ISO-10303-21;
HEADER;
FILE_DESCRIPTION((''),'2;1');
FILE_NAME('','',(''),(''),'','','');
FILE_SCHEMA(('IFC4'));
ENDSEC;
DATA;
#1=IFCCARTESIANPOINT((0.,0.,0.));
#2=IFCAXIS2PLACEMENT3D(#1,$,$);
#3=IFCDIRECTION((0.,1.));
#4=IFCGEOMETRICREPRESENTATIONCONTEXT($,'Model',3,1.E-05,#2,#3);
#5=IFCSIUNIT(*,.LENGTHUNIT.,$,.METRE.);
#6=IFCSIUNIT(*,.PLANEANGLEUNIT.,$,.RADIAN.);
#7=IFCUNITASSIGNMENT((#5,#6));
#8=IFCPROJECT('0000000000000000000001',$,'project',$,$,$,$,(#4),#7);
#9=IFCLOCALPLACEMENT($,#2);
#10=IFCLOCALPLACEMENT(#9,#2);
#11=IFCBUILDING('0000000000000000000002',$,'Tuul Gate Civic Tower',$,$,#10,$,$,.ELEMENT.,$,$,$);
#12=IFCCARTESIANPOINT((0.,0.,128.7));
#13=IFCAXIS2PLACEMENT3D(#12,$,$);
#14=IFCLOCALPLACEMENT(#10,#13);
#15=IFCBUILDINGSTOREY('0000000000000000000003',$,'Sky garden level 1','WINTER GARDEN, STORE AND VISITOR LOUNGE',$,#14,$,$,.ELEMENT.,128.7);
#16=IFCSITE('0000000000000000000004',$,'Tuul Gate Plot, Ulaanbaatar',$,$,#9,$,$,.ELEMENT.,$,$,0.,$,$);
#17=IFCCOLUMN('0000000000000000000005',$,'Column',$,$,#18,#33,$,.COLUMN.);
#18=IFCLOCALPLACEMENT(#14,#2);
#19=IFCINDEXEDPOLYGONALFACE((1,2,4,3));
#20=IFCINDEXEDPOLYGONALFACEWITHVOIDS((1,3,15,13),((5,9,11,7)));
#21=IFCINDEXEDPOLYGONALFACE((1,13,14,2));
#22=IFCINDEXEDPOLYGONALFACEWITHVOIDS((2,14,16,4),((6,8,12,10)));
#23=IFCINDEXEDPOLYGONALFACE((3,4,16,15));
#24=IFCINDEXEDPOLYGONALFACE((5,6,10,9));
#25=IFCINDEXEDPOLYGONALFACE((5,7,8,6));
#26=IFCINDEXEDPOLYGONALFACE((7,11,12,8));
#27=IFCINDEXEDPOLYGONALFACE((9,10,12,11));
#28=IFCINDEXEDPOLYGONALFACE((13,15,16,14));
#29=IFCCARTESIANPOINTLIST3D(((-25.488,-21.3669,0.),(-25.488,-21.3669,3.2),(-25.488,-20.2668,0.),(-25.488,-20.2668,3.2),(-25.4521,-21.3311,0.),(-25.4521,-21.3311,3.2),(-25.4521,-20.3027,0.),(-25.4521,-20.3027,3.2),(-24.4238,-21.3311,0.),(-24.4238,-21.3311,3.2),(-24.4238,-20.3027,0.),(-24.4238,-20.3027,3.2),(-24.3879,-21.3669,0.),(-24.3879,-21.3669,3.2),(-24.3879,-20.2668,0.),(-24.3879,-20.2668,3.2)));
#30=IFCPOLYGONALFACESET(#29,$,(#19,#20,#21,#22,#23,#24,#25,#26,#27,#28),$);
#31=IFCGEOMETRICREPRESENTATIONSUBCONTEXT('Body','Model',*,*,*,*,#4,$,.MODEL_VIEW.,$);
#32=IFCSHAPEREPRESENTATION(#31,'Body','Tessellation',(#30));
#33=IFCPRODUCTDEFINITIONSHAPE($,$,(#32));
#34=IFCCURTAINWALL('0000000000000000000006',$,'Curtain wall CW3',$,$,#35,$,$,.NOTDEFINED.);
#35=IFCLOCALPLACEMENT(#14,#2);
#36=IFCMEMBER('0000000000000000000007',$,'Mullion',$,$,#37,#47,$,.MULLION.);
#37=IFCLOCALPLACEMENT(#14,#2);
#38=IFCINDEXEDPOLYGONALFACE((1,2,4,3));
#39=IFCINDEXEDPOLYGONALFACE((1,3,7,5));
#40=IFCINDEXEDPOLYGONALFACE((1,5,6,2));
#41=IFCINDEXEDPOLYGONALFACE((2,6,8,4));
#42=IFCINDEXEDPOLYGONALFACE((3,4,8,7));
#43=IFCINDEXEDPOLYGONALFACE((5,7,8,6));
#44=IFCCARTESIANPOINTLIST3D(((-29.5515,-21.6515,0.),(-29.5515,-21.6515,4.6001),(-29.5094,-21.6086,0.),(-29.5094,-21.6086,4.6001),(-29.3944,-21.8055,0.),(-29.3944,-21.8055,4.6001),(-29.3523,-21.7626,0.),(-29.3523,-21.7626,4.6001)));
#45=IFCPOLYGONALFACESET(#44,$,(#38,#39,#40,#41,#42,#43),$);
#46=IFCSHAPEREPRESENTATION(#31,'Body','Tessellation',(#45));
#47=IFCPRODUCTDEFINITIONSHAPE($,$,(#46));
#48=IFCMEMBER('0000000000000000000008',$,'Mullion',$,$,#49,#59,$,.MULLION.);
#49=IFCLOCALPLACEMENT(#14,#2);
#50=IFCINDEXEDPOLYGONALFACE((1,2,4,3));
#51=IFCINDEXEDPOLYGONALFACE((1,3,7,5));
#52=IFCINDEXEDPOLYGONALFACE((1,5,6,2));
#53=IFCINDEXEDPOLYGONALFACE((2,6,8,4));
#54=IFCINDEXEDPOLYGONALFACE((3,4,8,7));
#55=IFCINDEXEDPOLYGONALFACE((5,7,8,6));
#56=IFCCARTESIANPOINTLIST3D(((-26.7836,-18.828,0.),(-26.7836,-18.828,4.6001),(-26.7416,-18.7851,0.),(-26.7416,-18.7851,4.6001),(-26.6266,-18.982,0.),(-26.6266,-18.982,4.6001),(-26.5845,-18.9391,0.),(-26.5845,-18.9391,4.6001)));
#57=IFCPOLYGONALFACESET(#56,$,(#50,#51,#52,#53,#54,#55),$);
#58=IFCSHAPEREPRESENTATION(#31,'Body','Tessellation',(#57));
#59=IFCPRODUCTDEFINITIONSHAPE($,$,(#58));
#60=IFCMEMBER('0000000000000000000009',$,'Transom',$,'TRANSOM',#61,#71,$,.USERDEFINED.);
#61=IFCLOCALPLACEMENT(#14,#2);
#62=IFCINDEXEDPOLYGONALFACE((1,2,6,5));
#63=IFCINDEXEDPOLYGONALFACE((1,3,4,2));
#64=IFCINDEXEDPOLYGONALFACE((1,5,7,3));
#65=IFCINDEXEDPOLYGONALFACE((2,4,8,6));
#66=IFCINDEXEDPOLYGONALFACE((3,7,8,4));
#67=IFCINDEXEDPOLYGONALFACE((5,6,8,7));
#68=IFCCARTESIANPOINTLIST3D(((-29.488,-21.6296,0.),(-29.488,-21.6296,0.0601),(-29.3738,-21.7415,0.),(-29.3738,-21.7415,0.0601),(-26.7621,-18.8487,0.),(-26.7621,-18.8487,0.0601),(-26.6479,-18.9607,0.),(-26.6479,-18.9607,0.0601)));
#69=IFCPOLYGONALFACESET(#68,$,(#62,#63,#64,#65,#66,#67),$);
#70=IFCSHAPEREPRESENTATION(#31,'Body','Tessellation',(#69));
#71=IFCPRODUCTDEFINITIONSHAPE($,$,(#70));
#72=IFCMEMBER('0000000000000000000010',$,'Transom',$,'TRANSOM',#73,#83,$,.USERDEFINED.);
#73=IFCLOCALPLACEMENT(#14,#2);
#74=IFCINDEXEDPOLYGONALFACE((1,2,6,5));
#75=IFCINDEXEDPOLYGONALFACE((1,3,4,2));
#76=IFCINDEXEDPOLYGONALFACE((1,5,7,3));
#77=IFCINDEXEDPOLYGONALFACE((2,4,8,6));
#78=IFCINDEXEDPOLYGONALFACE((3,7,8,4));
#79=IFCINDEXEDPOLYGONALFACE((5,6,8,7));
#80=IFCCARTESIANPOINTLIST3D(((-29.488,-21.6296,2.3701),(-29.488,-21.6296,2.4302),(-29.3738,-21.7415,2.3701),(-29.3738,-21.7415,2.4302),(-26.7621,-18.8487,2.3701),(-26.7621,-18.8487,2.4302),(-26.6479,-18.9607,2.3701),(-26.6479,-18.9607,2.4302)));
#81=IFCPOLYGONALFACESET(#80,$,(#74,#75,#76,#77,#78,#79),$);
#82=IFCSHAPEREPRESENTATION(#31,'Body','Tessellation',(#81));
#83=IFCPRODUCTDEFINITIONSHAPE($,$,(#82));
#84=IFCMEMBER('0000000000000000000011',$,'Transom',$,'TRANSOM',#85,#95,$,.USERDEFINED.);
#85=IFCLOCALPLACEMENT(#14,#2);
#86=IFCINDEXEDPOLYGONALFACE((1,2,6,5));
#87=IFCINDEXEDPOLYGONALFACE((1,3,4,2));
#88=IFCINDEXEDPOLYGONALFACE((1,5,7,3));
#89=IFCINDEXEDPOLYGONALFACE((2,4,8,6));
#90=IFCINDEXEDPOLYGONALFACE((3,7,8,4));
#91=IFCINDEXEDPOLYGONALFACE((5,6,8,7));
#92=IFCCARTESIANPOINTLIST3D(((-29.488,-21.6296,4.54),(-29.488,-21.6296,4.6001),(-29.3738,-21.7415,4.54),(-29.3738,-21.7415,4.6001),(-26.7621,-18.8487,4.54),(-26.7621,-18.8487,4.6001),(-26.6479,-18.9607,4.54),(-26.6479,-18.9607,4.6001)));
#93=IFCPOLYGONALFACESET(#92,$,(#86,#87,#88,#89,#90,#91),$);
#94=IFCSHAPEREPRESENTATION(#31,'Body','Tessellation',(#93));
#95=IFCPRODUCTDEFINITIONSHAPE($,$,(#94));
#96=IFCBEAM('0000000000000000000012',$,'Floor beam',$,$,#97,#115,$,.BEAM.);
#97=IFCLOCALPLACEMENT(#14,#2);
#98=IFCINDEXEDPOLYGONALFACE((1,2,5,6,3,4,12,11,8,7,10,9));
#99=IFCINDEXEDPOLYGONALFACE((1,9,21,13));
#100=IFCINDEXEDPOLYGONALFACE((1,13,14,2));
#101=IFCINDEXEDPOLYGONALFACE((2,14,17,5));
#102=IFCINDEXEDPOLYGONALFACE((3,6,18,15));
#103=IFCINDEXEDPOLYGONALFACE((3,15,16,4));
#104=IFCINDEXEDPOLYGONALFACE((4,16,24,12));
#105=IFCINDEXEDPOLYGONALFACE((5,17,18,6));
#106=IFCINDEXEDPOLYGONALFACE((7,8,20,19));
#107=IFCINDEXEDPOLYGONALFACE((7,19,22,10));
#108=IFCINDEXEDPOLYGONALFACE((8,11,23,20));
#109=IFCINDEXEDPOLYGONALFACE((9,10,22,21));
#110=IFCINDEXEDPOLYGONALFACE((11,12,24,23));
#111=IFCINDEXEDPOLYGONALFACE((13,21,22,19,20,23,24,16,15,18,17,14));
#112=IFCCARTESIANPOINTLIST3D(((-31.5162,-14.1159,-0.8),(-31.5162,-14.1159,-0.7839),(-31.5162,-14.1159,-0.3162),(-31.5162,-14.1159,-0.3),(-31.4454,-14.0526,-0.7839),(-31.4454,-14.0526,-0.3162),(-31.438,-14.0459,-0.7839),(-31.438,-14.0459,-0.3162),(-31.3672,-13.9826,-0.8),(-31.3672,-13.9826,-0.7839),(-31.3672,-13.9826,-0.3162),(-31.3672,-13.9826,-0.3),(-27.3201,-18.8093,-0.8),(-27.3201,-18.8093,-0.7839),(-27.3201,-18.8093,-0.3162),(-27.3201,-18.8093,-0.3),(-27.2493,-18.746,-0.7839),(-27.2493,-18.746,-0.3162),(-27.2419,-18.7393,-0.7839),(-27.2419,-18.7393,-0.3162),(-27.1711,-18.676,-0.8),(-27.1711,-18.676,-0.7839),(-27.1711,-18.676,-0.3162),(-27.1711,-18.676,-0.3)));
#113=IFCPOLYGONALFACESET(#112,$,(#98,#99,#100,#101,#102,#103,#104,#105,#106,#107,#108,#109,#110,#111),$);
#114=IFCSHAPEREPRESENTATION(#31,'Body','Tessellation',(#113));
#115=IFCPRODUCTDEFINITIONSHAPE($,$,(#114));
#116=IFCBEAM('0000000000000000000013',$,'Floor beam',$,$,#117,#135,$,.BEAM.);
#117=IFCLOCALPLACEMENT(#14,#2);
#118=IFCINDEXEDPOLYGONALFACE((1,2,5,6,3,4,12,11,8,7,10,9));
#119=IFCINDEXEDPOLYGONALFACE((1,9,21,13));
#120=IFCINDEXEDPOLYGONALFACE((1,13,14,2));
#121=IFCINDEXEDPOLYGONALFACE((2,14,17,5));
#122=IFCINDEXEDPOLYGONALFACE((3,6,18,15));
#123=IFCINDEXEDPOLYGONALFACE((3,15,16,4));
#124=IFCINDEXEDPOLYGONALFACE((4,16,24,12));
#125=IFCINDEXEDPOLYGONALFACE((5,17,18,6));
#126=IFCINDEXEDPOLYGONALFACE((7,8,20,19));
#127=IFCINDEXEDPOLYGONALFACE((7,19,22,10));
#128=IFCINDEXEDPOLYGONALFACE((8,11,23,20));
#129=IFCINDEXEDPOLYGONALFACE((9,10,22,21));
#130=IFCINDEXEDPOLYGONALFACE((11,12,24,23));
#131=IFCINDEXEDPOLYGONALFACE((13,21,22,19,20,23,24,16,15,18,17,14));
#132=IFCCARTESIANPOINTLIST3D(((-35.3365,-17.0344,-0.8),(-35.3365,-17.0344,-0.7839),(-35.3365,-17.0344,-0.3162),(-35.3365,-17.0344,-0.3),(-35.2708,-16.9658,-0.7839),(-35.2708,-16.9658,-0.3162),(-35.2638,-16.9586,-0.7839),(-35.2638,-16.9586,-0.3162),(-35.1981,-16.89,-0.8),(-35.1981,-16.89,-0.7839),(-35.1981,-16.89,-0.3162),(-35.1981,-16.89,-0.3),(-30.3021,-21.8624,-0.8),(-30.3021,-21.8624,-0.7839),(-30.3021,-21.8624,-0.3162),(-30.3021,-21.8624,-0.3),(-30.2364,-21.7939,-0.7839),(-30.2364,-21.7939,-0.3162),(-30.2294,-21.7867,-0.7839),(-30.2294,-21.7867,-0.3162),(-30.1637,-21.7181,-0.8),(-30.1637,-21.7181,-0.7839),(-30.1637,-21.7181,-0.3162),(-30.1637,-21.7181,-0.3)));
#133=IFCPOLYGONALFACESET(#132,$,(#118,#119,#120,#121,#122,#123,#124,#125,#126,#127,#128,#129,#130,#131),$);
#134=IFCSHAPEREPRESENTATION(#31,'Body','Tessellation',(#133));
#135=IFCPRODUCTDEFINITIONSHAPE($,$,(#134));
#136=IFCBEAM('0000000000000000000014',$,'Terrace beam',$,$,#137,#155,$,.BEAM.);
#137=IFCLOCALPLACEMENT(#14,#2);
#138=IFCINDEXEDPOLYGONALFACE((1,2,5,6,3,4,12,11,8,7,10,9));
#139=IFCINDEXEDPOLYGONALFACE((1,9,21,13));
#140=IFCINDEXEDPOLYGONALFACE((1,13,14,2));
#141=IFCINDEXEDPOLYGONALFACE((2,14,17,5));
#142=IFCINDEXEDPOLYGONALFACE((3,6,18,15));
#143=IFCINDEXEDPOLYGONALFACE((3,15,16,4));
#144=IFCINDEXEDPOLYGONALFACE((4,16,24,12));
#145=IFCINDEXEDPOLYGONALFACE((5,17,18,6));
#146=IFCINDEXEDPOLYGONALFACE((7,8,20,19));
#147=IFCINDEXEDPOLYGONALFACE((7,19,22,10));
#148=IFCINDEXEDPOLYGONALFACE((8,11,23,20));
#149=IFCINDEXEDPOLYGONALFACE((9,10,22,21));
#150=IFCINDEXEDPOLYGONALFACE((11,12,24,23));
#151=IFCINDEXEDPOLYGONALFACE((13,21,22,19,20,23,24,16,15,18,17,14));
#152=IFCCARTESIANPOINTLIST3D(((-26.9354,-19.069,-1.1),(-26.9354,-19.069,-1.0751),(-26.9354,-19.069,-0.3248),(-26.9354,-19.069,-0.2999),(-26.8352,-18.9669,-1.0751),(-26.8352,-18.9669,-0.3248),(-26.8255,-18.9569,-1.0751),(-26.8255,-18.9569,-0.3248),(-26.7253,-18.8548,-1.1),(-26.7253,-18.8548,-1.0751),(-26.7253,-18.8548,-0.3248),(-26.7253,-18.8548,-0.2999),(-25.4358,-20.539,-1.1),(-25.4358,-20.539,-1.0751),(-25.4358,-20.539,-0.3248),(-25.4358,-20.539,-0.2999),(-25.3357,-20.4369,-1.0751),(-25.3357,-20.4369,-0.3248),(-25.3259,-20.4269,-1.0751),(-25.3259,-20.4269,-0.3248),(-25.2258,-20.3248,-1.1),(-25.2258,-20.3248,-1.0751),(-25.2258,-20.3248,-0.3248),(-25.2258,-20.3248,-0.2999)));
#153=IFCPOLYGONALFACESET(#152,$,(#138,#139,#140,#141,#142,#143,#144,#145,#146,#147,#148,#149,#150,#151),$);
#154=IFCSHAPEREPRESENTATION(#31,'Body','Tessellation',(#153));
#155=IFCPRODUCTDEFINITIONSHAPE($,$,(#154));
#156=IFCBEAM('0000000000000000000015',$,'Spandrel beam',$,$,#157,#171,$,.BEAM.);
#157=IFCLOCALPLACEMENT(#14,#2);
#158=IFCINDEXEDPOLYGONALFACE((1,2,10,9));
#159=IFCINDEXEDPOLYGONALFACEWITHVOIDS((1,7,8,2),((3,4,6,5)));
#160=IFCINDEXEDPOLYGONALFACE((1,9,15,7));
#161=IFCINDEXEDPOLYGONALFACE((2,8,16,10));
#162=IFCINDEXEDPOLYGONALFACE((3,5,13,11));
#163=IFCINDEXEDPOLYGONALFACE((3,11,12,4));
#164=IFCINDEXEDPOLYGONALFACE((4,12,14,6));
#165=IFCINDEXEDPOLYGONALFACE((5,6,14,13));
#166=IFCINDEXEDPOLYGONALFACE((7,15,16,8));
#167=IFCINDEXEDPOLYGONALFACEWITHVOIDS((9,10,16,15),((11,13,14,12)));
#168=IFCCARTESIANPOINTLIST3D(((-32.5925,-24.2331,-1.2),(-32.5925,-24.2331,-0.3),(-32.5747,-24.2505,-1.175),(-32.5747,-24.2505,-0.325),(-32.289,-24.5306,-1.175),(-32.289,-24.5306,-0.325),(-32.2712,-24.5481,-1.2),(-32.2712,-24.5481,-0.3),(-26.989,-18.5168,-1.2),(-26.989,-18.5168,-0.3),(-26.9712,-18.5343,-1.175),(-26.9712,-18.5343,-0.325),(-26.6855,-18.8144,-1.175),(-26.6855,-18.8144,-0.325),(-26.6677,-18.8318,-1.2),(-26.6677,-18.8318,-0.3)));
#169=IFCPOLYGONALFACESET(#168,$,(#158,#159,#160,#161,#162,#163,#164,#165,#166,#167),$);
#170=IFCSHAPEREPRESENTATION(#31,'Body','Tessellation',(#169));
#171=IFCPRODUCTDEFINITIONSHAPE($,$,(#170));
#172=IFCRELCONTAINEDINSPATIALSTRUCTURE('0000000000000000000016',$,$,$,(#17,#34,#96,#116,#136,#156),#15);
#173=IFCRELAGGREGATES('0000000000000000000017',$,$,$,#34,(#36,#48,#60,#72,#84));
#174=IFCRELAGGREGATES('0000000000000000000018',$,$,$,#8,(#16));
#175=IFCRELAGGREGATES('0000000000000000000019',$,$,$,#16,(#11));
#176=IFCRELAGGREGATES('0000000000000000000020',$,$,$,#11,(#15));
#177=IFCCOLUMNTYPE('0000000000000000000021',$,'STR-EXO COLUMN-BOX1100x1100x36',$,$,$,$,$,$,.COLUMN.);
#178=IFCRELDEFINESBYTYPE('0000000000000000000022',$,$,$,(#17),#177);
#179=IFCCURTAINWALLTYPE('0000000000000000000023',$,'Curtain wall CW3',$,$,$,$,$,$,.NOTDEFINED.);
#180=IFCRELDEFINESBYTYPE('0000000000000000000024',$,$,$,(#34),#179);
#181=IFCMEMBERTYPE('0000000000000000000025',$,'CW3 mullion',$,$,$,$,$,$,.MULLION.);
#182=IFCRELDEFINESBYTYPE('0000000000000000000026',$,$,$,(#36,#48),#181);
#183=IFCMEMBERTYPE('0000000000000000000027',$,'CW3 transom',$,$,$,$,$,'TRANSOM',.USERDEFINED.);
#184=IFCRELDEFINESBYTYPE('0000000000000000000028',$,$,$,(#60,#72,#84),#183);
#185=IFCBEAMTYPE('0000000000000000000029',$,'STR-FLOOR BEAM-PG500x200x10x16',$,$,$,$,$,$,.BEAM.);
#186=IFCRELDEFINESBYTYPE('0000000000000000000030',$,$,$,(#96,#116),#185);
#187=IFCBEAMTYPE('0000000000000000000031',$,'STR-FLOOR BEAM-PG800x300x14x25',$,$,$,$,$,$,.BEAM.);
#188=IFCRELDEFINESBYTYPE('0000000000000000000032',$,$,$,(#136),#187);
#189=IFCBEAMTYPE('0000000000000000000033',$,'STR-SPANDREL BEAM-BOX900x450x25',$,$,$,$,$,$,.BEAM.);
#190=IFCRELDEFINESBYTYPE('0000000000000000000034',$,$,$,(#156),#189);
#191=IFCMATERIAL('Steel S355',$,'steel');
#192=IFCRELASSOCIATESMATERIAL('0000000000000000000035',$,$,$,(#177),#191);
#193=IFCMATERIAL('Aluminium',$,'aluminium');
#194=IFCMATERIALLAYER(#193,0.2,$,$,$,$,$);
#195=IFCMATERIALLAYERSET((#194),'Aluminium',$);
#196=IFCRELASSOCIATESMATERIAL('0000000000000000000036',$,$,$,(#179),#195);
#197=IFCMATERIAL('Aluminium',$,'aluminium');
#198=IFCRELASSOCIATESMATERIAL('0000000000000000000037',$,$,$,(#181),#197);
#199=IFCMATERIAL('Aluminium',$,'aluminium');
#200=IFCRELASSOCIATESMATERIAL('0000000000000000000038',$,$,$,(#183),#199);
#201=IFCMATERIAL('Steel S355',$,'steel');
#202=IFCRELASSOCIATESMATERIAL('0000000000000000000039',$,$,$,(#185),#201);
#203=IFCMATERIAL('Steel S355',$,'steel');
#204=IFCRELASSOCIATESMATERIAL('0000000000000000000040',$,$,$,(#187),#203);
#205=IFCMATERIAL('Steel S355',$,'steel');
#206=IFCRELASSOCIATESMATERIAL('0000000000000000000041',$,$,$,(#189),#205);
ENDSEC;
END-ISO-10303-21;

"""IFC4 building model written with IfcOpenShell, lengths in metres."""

from ifc_helpers import new_model, si_unit, direction, frame, origin, origin_2d, place, context, subcontext, project, spatial, rectangle, hollow_rectangle, i_section, extrude, material, layer, layer_set, material_profile, profile_set, type_object, element, aggregate, save


model = new_model("IFC4")

# Units and contexts
model_context = context("Model", 3, precision=1e-05, world=origin(), true_north=direction((0.0, 1.0)))
body_context = subcontext(model_context, "Body", "Model", "MODEL_VIEW")
ifc_project = project(units=[si_unit("LENGTHUNIT", "METRE"), si_unit("PLANEANGLEUNIT", "RADIAN")], contexts=[model_context])

# Site, building, storey
site_placement = place(None, origin())
site = spatial("IfcSite", under=ifc_project, at=site_placement, Name="Tuul Gate Plot, Ulaanbaatar", CompositionType="ELEMENT", RefElevation=0.0)
building_placement = place(site_placement, origin())
building = spatial("IfcBuilding", under=site, at=building_placement, Name="Tuul Gate Civic Tower", CompositionType="ELEMENT")
storey_placement = place(building_placement, frame((0.0, 0.0, 128.7)))
storey = spatial("IfcBuildingStorey", under=building, at=storey_placement, Name="Sky garden level 1", Description="WINTER GARDEN, STORE AND VISITOR LOUNGE", CompositionType="ELEMENT", Elevation=128.7)

# Column
ifc_material_1 = material(Name="Steel S355", Category="steel")
ifc_material_profile_1 = material_profile(ifc_material_1, hollow_rectangle(XDim=1.1001, YDim=1.1001, WallThickness=0.0359, at=origin_2d()), Name="BOX1100x1100x36")
ifc_profile_set_1 = profile_set([ifc_material_profile_1], Name="Steel S355")
column_type = type_object("IfcColumnType", Name="STR-EXO COLUMN-BOX1100x1100x36", PredefinedType="COLUMN", material=ifc_profile_set_1)
column_placement = place(storey_placement, frame((-24.938, -20.8169, 0.0), z_axis=(0.0, 0.0, 1.0), x_axis=(1.0, 0.0, 0.0)))
element("IfcColumn", 1, at=column_placement, inside=storey, type_object=column_type, Name="Column", PredefinedType="COLUMN", context=body_context, shape_type="SweptSolid", body=[
    extrude(hollow_rectangle(XDim=1.1001, YDim=1.1001, WallThickness=0.0359, at=origin_2d()), origin(), (0.0, 0.0, 1.0), 3.2),
])

# Curtain wall, members
ifc_material_2 = material(Name="Aluminium", Category="aluminium")
ifc_layer_1 = layer(ifc_material_2, 0.2)
ifc_layer_set_1 = layer_set([ifc_layer_1], Name="Aluminium")
curtain_wall_type = type_object("IfcCurtainWallType", Name="Curtain wall CW3", PredefinedType="NOTDEFINED", material=ifc_layer_set_1)
curtain_wall_placement = place(storey_placement, origin())
curtain_wall = element("IfcCurtainWall", 2, at=curtain_wall_placement, inside=storey, type_object=curtain_wall_type, Name="Curtain wall CW3", PredefinedType="NOTDEFINED")
ifc_material_3 = material(Name="Aluminium", Category="aluminium")
ifc_material_profile_2 = material_profile(ifc_material_3, rectangle(XDim=0.22, YDim=0.0601, at=origin_2d()), Name="CW3 mullion")
ifc_profile_set_2 = profile_set([ifc_material_profile_2], Name="Aluminium")
member_type_1 = type_object("IfcMemberType", Name="CW3 mullion", PredefinedType="MULLION", material=ifc_profile_set_2)
member_1_placement = place(storey_placement, frame((-29.4519, -21.707, 0.0), z_axis=(0.0, 0.0, 1.0), x_axis=(-0.7141, 0.700044, 0.0)))
member_1 = element("IfcMember", 3, at=member_1_placement, type_object=member_type_1, Name="Mullion", PredefinedType="MULLION", context=body_context, shape_type="SweptSolid", body=[
    extrude(rectangle(XDim=0.22, YDim=0.0601, at=origin_2d()), origin(), (0.0, 0.0, 1.0), 4.6001),
])
member_2_placement = place(storey_placement, frame((-26.6841, -18.8835, 0.0), z_axis=(0.0, 0.0, 1.0), x_axis=(-0.7141, 0.700044, 0.0)))
member_2 = element("IfcMember", 4, at=member_2_placement, type_object=member_type_1, Name="Mullion", PredefinedType="MULLION", context=body_context, shape_type="SweptSolid", body=[
    extrude(rectangle(XDim=0.22, YDim=0.0601, at=origin_2d()), origin(), (0.0, 0.0, 1.0), 4.6001),
])
ifc_material_4 = material(Name="Aluminium", Category="aluminium")
ifc_material_profile_3 = material_profile(ifc_material_4, rectangle(XDim=0.1599, YDim=0.0601, at=origin_2d()), Name="CW3 transom")
ifc_profile_set_3 = profile_set([ifc_material_profile_3], Name="Aluminium")
member_type_2 = type_object("IfcMemberType", Name="CW3 transom", ElementType="TRANSOM", PredefinedType="USERDEFINED", material=ifc_profile_set_3)
member_3_placement = place(storey_placement, frame((-29.4309, -21.6855, 0.03), z_axis=(0.700018, 0.714125, 0.0), x_axis=(-0.714125, 0.700018, 0.0)))
member_3 = element("IfcMember", 5, at=member_3_placement, type_object=member_type_2, Name="Transom", ObjectType="TRANSOM", PredefinedType="USERDEFINED", context=body_context, shape_type="SweptSolid", body=[
    extrude(rectangle(XDim=0.1599, YDim=0.0601, at=origin_2d()), origin(), (0.0, 0.0, 1.0), 3.894),
])
member_4_placement = place(storey_placement, frame((-29.4309, -21.6855, 2.4001), z_axis=(0.700018, 0.714125, 0.0), x_axis=(-0.714125, 0.700018, 0.0)))
member_4 = element("IfcMember", 6, at=member_4_placement, type_object=member_type_2, Name="Transom", ObjectType="TRANSOM", PredefinedType="USERDEFINED", context=body_context, shape_type="SweptSolid", body=[
    extrude(rectangle(XDim=0.1599, YDim=0.0601, at=origin_2d()), origin(), (0.0, 0.0, 1.0), 3.894),
])
member_5_placement = place(storey_placement, frame((-29.4309, -21.6855, 4.5701), z_axis=(0.700018, 0.714125, 0.0), x_axis=(-0.714125, 0.700018, 0.0)))
member_5 = element("IfcMember", 7, at=member_5_placement, type_object=member_type_2, Name="Transom", ObjectType="TRANSOM", PredefinedType="USERDEFINED", context=body_context, shape_type="SweptSolid", body=[
    extrude(rectangle(XDim=0.1599, YDim=0.0601, at=origin_2d()), origin(), (0.0, 0.0, 1.0), 3.894),
])

# Beams
ifc_material_5 = material(Name="Steel S355", Category="steel")
ifc_material_profile_4 = material_profile(ifc_material_5, i_section(OverallWidth=0.2, OverallDepth=0.5, WebThickness=0.01, FlangeThickness=0.0161, at=origin_2d()), Name="PG500x200x10x16")
ifc_profile_set_4 = profile_set([ifc_material_profile_4], Name="Steel S355")
beam_type_1 = type_object("IfcBeamType", Name="STR-FLOOR BEAM-PG500x200x10x16", PredefinedType="BEAM", material=ifc_profile_set_4)
beam_1_placement = place(storey_placement, frame((-27.2456, -18.7427, -0.55), z_axis=(-0.666506, 0.7455, 0.0), x_axis=(-0.7455, -0.666506, 0.0)))
element("IfcBeam", 8, at=beam_1_placement, inside=storey, type_object=beam_type_1, Name="Floor beam", PredefinedType="BEAM", context=body_context, shape_type="SweptSolid", body=[
    extrude(i_section(OverallWidth=0.2, OverallDepth=0.5, WebThickness=0.01, FlangeThickness=0.0161, at=origin_2d()), origin(), (0.0, 0.0, 1.0), 6.2957),
])
beam_2_placement = place(storey_placement, frame((-30.2329, -21.7903, -0.55), z_axis=(-0.72174, 0.692165, 0.0), x_axis=(-0.692165, -0.72174, 0.0)))
element("IfcBeam", 9, at=beam_2_placement, inside=storey, type_object=beam_type_1, Name="Floor beam", PredefinedType="BEAM", context=body_context, shape_type="SweptSolid", body=[
    extrude(i_section(OverallWidth=0.2, OverallDepth=0.5, WebThickness=0.01, FlangeThickness=0.0161, at=origin_2d()), origin(), (0.0, 0.0, 1.0), 6.9753),
])
ifc_material_6 = material(Name="Steel S355", Category="steel")
ifc_material_profile_5 = material_profile(ifc_material_6, i_section(OverallWidth=0.3, OverallDepth=0.8, WebThickness=0.0139, FlangeThickness=0.0249, at=origin_2d()), Name="PG800x300x14x25")
ifc_profile_set_5 = profile_set([ifc_material_profile_5], Name="Steel S355")
beam_type_2 = type_object("IfcBeamType", Name="STR-FLOOR BEAM-PG800x300x14x25", PredefinedType="BEAM", material=ifc_profile_set_5)
beam_3_placement = place(storey_placement, frame((-25.3308, -20.4319, -0.7), z_axis=(-0.714106, 0.700038, 0.0), x_axis=(-0.700038, -0.714106, 0.0)))
element("IfcBeam", 10, at=beam_3_placement, inside=storey, type_object=beam_type_2, Name="Terrace beam", PredefinedType="BEAM", context=body_context, shape_type="SweptSolid", body=[
    extrude(i_section(OverallWidth=0.3, OverallDepth=0.8, WebThickness=0.0139, FlangeThickness=0.0249, at=origin_2d()), origin(), (0.0, 0.0, 1.0), 2.0999),
])
ifc_material_7 = material(Name="Steel S355", Category="steel")
ifc_material_profile_6 = material_profile(ifc_material_7, hollow_rectangle(XDim=0.45, YDim=0.8999, WallThickness=0.0249, at=origin_2d()), Name="BOX900x450x25")
ifc_profile_set_6 = profile_set([ifc_material_profile_6], Name="Steel S355")
beam_type_3 = type_object("IfcBeamType", Name="STR-SPANDREL BEAM-BOX900x450x25", PredefinedType="BEAM", material=ifc_profile_set_6)
beam_4_placement = place(storey_placement, frame((-26.8284, -18.6743, -0.75), z_axis=(-0.700026, -0.714117, 0.0), x_axis=(0.714117, -0.700026, 0.0)))
element("IfcBeam", 11, at=beam_4_placement, inside=storey, type_object=beam_type_3, Name="Spandrel beam", PredefinedType="BEAM", context=body_context, shape_type="SweptSolid", body=[
    extrude(hollow_rectangle(XDim=0.45, YDim=0.8999, WallThickness=0.0249, at=origin_2d()), origin(), (0.0, 0.0, 1.0), 8.0046),
])

aggregate(curtain_wall, [member_1, member_2, member_3, member_4, member_5])

save(model, "model.ifc")
